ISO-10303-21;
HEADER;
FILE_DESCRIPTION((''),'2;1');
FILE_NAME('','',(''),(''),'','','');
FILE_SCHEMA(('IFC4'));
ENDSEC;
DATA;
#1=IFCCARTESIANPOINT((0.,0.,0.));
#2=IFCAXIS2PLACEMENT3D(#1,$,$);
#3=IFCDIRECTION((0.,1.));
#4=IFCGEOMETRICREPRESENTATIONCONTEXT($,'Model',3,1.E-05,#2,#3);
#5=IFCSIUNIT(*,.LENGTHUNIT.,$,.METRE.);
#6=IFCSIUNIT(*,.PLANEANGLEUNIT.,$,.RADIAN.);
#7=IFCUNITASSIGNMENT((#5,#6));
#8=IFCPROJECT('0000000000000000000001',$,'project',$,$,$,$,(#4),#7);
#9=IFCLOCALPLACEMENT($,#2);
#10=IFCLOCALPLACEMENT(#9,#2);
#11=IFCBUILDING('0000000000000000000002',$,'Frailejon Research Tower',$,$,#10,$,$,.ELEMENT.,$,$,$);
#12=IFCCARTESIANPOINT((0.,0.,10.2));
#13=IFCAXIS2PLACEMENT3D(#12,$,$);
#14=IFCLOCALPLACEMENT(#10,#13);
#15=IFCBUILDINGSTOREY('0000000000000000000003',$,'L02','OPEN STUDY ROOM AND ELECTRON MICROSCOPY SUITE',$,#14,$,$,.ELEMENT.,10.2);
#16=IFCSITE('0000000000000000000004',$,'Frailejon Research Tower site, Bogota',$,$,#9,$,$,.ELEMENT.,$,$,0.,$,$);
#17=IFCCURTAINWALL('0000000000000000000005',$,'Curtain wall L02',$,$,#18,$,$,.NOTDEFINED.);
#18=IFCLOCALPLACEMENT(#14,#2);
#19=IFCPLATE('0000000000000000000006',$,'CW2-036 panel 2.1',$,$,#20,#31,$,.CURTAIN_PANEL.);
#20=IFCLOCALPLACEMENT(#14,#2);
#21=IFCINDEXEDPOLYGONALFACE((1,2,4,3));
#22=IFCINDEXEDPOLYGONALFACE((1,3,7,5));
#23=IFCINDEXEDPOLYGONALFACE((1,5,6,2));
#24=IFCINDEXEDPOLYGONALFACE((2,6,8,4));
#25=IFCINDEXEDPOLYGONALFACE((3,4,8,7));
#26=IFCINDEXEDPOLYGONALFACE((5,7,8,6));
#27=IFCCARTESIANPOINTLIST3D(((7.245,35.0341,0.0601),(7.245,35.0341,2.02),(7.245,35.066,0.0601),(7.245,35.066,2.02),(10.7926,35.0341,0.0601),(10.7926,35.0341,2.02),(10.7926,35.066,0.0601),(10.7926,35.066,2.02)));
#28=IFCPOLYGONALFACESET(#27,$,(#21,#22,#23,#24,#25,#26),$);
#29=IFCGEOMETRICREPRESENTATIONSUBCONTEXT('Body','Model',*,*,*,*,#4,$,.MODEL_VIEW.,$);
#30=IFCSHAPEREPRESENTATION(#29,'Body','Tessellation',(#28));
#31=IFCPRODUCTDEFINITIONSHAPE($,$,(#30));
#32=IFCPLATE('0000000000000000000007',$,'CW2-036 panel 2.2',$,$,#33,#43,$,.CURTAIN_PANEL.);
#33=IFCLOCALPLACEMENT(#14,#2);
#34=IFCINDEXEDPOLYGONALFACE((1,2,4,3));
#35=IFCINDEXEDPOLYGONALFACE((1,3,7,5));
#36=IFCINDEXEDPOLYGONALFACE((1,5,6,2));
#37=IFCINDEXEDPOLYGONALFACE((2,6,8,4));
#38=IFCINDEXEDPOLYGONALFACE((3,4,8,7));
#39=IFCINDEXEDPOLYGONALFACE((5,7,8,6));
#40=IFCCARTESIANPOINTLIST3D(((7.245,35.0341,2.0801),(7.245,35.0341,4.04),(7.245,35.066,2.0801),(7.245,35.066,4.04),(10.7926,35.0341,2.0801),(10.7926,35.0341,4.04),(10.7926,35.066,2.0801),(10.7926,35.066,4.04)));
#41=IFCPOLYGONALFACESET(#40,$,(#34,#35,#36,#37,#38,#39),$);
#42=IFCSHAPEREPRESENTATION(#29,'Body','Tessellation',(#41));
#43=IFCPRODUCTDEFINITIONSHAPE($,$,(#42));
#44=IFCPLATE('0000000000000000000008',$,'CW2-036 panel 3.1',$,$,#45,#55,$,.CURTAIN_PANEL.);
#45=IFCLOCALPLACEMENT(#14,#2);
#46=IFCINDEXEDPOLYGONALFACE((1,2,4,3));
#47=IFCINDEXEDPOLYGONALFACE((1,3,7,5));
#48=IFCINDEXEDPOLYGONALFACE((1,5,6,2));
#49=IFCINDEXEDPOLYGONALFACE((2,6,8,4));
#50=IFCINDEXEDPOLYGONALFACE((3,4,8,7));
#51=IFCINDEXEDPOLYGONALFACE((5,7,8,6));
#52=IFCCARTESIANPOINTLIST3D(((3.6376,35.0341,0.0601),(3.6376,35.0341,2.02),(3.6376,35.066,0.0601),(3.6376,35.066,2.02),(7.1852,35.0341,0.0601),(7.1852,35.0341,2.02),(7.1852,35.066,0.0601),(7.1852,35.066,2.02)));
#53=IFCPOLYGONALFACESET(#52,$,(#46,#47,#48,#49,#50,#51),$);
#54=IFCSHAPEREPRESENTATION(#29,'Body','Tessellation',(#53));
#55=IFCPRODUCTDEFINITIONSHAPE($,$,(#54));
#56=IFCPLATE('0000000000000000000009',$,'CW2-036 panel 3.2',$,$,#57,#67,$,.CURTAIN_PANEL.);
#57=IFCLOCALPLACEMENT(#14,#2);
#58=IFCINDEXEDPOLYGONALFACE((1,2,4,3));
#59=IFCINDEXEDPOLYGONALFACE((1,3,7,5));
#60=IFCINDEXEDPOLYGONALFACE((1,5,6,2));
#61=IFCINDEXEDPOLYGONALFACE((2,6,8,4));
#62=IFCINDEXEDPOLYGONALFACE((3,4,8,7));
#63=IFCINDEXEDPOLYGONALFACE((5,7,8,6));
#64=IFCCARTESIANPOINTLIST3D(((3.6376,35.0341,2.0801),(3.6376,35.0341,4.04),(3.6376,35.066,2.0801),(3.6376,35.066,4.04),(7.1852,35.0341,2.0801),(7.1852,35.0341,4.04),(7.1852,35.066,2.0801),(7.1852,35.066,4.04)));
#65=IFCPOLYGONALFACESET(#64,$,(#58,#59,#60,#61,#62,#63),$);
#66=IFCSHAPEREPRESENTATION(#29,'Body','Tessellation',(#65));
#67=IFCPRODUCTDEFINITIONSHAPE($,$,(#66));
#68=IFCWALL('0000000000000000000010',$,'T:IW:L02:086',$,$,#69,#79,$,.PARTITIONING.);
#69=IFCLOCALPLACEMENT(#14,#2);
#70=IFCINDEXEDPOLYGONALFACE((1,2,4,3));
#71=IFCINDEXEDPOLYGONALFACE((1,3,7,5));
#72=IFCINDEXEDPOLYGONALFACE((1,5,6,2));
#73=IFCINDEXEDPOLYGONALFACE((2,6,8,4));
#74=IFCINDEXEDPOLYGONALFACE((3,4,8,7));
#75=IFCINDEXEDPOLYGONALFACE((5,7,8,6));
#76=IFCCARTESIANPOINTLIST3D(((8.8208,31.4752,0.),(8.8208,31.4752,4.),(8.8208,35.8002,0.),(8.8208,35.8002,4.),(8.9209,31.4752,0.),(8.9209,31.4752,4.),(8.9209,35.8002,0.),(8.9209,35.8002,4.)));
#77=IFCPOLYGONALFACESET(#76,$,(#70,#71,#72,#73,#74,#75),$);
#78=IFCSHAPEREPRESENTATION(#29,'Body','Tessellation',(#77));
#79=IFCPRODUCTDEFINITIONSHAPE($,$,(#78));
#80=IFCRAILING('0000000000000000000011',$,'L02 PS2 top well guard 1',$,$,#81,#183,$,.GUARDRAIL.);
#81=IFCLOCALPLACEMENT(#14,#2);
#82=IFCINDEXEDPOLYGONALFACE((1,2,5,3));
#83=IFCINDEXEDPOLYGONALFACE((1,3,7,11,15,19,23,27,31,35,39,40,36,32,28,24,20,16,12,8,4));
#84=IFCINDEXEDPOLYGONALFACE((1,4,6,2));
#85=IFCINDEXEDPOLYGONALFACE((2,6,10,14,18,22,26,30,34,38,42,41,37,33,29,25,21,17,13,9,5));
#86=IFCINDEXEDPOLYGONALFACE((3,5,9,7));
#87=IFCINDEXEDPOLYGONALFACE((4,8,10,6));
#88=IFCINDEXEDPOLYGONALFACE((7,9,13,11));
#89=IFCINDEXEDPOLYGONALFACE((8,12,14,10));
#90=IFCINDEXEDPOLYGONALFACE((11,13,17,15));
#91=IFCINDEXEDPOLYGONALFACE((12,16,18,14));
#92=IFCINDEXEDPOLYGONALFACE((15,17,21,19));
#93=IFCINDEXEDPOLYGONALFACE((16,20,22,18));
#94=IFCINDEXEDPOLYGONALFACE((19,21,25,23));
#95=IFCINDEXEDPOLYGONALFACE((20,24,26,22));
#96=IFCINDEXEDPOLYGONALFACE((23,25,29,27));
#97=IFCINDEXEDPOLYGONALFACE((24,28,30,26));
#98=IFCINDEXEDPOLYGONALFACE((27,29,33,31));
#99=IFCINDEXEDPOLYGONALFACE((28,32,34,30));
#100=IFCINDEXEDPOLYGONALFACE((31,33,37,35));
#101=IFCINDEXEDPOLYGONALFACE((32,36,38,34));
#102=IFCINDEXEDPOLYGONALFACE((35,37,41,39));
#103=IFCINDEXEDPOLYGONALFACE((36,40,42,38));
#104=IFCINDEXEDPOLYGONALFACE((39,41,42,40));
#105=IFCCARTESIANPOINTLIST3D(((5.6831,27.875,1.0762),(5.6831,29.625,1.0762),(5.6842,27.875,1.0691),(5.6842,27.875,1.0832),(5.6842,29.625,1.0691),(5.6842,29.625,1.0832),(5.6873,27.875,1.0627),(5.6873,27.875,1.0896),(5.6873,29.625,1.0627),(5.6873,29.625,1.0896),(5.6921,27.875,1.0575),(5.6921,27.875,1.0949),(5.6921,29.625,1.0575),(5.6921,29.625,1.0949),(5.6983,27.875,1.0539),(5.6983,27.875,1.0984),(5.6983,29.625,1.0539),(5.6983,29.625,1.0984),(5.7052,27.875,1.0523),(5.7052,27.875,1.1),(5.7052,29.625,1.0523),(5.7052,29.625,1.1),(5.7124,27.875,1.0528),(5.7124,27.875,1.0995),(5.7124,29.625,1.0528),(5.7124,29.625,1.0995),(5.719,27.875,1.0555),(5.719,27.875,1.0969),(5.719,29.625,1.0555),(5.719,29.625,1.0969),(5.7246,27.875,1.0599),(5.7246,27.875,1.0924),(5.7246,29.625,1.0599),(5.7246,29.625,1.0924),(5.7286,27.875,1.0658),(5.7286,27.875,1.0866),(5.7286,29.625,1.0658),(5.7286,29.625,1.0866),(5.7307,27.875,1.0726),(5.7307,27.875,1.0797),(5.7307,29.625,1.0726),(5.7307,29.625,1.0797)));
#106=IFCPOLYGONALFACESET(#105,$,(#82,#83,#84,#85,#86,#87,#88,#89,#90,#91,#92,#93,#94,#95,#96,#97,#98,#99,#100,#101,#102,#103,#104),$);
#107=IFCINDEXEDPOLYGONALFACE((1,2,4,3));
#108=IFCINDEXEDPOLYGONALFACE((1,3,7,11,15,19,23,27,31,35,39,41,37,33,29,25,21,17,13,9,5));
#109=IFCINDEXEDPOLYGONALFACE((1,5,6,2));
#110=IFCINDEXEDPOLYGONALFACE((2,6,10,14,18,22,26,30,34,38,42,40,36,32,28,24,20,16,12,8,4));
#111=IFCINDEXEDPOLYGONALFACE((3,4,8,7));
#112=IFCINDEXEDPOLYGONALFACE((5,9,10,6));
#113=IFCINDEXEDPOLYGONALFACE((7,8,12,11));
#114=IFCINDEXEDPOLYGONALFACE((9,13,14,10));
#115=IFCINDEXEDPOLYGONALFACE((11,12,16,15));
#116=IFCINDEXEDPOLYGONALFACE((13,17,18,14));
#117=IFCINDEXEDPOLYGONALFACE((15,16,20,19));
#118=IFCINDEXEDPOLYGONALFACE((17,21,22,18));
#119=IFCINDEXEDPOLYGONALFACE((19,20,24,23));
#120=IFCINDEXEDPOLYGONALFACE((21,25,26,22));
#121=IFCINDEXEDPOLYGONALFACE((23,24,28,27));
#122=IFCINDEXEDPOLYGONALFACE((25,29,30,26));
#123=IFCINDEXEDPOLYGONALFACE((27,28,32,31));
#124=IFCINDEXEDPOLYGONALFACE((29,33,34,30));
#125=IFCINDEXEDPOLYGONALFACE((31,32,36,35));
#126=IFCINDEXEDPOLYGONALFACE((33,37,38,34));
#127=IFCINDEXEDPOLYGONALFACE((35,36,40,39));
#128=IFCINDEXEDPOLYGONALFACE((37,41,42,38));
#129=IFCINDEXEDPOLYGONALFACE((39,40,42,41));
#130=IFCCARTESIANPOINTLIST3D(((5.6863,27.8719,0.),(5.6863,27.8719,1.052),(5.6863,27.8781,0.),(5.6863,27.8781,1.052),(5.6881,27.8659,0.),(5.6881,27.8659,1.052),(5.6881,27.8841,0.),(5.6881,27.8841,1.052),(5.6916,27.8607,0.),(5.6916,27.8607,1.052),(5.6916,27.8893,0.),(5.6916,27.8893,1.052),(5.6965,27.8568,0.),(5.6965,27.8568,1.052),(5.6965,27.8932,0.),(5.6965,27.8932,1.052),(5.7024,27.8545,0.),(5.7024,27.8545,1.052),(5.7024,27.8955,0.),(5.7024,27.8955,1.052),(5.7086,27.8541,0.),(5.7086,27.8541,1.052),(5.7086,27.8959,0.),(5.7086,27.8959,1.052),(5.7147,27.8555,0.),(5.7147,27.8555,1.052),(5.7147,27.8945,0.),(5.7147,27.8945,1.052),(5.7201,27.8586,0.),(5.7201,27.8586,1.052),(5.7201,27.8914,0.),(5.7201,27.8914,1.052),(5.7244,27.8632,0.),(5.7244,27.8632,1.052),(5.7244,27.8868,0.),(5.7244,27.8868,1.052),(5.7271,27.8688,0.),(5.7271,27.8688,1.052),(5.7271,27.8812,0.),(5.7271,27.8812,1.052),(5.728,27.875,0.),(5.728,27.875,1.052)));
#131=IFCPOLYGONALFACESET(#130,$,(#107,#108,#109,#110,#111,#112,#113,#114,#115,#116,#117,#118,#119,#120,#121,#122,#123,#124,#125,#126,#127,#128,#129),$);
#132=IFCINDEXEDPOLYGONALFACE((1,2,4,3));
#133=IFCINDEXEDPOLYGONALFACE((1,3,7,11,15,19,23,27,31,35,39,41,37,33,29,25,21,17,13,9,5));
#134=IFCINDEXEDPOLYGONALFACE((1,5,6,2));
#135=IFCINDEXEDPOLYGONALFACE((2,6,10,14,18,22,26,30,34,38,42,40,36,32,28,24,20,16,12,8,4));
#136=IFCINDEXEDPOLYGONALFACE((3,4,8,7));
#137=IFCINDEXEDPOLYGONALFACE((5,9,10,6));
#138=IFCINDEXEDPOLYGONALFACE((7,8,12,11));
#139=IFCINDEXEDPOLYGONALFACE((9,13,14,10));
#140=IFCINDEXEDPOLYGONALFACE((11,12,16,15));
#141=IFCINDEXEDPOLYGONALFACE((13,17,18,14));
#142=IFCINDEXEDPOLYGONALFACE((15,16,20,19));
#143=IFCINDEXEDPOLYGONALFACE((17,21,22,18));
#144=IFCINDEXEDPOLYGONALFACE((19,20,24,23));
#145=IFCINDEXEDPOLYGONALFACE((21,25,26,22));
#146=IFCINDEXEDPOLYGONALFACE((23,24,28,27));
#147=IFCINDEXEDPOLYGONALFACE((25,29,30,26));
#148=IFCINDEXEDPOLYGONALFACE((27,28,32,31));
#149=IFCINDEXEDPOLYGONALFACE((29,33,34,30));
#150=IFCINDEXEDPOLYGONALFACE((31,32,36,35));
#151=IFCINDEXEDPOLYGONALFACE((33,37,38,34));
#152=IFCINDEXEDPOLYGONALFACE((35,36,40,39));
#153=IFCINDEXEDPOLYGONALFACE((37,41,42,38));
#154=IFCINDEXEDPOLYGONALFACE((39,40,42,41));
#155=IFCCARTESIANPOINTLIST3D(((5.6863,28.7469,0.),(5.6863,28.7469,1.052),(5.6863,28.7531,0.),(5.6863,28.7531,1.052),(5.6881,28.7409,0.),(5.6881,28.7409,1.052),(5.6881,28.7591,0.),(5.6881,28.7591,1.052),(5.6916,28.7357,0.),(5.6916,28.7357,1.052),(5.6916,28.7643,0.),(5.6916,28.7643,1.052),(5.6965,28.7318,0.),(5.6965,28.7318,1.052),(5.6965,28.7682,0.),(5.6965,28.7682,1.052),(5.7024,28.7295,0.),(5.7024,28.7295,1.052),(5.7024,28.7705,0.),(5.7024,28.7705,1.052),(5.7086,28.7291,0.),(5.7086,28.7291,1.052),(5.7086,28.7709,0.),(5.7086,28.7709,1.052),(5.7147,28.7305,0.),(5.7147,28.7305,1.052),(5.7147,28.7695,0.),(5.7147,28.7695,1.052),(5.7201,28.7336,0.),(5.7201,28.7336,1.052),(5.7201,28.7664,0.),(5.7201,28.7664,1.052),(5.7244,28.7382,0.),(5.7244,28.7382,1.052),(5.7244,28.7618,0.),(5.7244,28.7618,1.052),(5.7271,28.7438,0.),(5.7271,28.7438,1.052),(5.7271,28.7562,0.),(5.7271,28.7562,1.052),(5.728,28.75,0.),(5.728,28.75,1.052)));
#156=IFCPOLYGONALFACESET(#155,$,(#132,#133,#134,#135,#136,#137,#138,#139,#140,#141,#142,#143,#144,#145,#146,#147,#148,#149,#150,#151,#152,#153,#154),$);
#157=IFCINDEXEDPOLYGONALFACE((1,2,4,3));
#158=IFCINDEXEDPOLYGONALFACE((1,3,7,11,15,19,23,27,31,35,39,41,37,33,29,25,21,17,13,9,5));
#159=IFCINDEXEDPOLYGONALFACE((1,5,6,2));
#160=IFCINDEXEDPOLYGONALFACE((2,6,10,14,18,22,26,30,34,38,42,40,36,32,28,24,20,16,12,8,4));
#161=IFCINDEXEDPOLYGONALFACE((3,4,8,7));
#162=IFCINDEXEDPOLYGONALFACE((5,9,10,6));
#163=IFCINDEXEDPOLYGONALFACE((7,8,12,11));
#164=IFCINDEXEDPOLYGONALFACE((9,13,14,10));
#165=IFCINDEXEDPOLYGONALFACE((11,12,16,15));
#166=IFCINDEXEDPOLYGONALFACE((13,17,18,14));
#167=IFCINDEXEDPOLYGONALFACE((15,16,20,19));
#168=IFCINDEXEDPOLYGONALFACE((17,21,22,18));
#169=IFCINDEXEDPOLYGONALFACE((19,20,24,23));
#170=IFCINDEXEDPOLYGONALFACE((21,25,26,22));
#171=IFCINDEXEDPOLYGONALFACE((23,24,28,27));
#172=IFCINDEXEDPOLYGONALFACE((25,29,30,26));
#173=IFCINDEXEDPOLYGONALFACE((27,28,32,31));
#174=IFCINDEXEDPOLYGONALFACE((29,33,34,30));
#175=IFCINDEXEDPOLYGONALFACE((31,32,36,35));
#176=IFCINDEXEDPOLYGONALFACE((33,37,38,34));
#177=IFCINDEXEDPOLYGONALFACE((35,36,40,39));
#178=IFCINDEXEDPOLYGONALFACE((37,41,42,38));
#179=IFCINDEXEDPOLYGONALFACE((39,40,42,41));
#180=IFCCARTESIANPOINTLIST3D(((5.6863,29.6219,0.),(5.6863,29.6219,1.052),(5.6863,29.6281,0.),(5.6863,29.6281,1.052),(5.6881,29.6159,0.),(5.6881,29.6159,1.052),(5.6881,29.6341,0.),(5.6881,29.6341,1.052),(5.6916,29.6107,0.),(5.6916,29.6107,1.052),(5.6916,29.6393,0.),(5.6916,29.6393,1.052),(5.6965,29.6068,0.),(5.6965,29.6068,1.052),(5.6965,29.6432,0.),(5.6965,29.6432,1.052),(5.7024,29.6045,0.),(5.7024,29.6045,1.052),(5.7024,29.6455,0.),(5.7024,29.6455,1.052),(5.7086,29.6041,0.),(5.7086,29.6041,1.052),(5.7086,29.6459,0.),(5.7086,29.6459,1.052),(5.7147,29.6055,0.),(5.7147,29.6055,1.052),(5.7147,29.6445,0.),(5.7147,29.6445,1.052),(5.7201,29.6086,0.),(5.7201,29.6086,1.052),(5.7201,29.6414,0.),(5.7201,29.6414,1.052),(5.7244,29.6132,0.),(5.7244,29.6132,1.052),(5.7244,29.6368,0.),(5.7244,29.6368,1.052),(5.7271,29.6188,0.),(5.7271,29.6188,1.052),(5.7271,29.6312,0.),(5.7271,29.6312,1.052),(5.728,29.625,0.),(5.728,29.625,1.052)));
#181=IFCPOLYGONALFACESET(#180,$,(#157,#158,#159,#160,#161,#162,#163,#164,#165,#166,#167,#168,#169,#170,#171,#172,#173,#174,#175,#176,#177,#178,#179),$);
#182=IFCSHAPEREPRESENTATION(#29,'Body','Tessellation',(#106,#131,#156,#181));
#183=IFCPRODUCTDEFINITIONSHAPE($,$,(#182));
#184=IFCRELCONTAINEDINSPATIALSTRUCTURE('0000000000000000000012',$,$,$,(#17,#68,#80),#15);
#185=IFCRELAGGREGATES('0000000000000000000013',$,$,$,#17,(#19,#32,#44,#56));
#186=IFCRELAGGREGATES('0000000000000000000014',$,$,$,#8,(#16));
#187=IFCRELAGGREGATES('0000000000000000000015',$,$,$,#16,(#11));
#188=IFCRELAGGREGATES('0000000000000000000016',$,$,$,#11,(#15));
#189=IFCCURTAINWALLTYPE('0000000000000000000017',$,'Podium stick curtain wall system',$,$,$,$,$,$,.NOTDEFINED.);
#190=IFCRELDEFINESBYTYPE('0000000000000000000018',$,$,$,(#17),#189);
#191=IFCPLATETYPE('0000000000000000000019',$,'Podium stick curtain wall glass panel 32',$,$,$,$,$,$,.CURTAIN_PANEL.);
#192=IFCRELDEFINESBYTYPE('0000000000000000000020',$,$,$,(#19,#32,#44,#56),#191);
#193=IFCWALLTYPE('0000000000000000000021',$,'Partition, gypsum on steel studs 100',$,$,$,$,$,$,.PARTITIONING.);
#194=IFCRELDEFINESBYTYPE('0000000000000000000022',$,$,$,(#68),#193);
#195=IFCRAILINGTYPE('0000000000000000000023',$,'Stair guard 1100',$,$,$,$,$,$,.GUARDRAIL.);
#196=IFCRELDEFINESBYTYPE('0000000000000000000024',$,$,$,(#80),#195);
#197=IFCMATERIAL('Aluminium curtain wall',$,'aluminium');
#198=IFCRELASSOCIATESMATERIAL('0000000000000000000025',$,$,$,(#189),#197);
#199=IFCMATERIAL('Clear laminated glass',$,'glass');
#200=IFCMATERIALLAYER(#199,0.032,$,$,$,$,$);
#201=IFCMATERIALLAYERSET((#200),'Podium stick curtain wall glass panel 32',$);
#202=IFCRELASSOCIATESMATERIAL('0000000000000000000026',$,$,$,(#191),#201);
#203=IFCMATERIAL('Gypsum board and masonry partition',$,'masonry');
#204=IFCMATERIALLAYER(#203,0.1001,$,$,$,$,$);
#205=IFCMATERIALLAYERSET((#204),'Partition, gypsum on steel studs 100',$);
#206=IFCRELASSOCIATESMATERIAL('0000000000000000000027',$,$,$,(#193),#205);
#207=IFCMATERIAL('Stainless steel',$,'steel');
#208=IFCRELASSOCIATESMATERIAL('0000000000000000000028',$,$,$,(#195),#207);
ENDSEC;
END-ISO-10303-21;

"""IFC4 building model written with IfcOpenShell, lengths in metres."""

from ifc_helpers import new_model, si_unit, direction, frame, frame_2d, origin, origin_2d, place, context, subcontext, project, spatial, rectangle, circle, extrude, material, layer, layer_set, type_object, element, aggregate, save


model = new_model("IFC4")

# Units and contexts
model_context = context("Model", 3, precision=1e-05, world=origin(), true_north=direction((0.0, 1.0)))
body_context = subcontext(model_context, "Body", "Model", "MODEL_VIEW")
ifc_project = project(units=[si_unit("LENGTHUNIT", "METRE"), si_unit("PLANEANGLEUNIT", "RADIAN")], contexts=[model_context])

# Site, building, storey
site_placement = place(None, origin())
site = spatial("IfcSite", under=ifc_project, at=site_placement, Name="Frailejon Research Tower site, Bogota", CompositionType="ELEMENT", RefElevation=0.0)
building_placement = place(site_placement, origin())
building = spatial("IfcBuilding", under=site, at=building_placement, Name="Frailejon Research Tower", CompositionType="ELEMENT")
storey_placement = place(building_placement, frame((0.0, 0.0, 10.2)))
storey = spatial("IfcBuildingStorey", under=building, at=storey_placement, Name="L02", Description="OPEN STUDY ROOM AND ELECTRON MICROSCOPY SUITE", CompositionType="ELEMENT", Elevation=10.2)

# Curtain wall, plates
ifc_material_1 = material(Name="Aluminium curtain wall", Category="aluminium")
curtain_wall_type = type_object("IfcCurtainWallType", Name="Podium stick curtain wall system", PredefinedType="NOTDEFINED", material=ifc_material_1)
curtain_wall_placement = place(storey_placement, origin())
curtain_wall = element("IfcCurtainWall", 1, at=curtain_wall_placement, inside=storey, type_object=curtain_wall_type, Name="Curtain wall L02", PredefinedType="NOTDEFINED")
ifc_material_2 = material(Name="Clear laminated glass", Category="glass")
ifc_layer_1 = layer(ifc_material_2, 0.032)
ifc_layer_set_1 = layer_set([ifc_layer_1], Name="Podium stick curtain wall glass panel 32")
plate_type = type_object("IfcPlateType", Name="Podium stick curtain wall glass panel 32", PredefinedType="CURTAIN_PANEL", material=ifc_layer_set_1)
plate_1_placement = place(storey_placement, frame((9.0188, 35.05, 0.0601), z_axis=(0.0, 0.0, 1.0), x_axis=(-1.0, 0.0, 0.0)))
plate_1 = element("IfcPlate", 2, at=plate_1_placement, type_object=plate_type, Name="CW2-036 panel 2.1", PredefinedType="CURTAIN_PANEL", context=body_context, shape_type="SweptSolid", body=[
    extrude(rectangle(XDim=3.5476, YDim=0.032, at=origin_2d()), origin(), (0.0, 0.0, 1.0), 1.96),
])
plate_2_placement = place(storey_placement, frame((9.0188, 35.05, 2.0801), z_axis=(0.0, 0.0, 1.0), x_axis=(-1.0, 0.0, 0.0)))
plate_2 = element("IfcPlate", 3, at=plate_2_placement, type_object=plate_type, Name="CW2-036 panel 2.2", PredefinedType="CURTAIN_PANEL", context=body_context, shape_type="SweptSolid", body=[
    extrude(rectangle(XDim=3.5476, YDim=0.032, at=origin_2d()), origin(), (0.0, 0.0, 1.0), 1.96),
])
plate_3_placement = place(storey_placement, frame((5.4114, 35.05, 0.0601), z_axis=(0.0, 0.0, 1.0), x_axis=(-1.0, 0.0, 0.0)))
plate_3 = element("IfcPlate", 4, at=plate_3_placement, type_object=plate_type, Name="CW2-036 panel 3.1", PredefinedType="CURTAIN_PANEL", context=body_context, shape_type="SweptSolid", body=[
    extrude(rectangle(XDim=3.5476, YDim=0.032, at=origin_2d()), origin(), (0.0, 0.0, 1.0), 1.96),
])
plate_4_placement = place(storey_placement, frame((5.4114, 35.05, 2.0801), z_axis=(0.0, 0.0, 1.0), x_axis=(-1.0, 0.0, 0.0)))
plate_4 = element("IfcPlate", 5, at=plate_4_placement, type_object=plate_type, Name="CW2-036 panel 3.2", PredefinedType="CURTAIN_PANEL", context=body_context, shape_type="SweptSolid", body=[
    extrude(rectangle(XDim=3.5476, YDim=0.032, at=origin_2d()), origin(), (0.0, 0.0, 1.0), 1.96),
])
aggregate(curtain_wall, [plate_1, plate_2, plate_3, plate_4])

# Wall
ifc_material_3 = material(Name="Gypsum board and masonry partition", Category="masonry")
ifc_layer_2 = layer(ifc_material_3, 0.1001)
ifc_layer_set_2 = layer_set([ifc_layer_2], Name="Partition, gypsum on steel studs 100")
wall_type = type_object("IfcWallType", Name="Partition, gypsum on steel studs 100", PredefinedType="PARTITIONING", material=ifc_layer_set_2)
wall_placement = place(storey_placement, frame((8.8708, 31.4751, 0.0), z_axis=(0.0, 0.0, 1.0), x_axis=(0.0, 1.0, 0.0)))
element("IfcWall", 6, at=wall_placement, inside=storey, type_object=wall_type, Name="T:IW:L02:086", PredefinedType="PARTITIONING", context=body_context, shape_type="SweptSolid", body=[
    extrude(rectangle(XDim=4.325, YDim=0.1001, at=frame_2d((2.1626, 0.0))), origin(), (0.0, 0.0, 1.0), 4.0),
])

# Railing
ifc_material_4 = material(Name="Stainless steel", Category="steel")
railing_type = type_object("IfcRailingType", Name="Stair guard 1100", PredefinedType="GUARDRAIL", material=ifc_material_4)
railing_placement = place(storey_placement, frame((5.707, 27.875, 0.0)))
element("IfcRailing", 7, at=railing_placement, inside=storey, type_object=railing_type, Name="L02 PS2 top well guard 1", PredefinedType="GUARDRAIL", context=body_context, shape_type="SweptSolid", body=[
    extrude(circle(Radius=0.0239, at=origin_2d()), frame((0.0, 0.0, 1.0762), z_axis=(0.0, 1.0, 0.0), x_axis=(-1.0, 0.0, 0.0)), (0.0, 0.0, 1.0), 1.75),
    extrude(circle(Radius=0.021, at=origin_2d()), origin(), (0.0, 0.0, 1.0), 1.052),
    extrude(circle(Radius=0.021, at=origin_2d()), frame((0.0, 0.875, 0.0)), (0.0, 0.0, 1.0), 1.052),
    extrude(circle(Radius=0.021, at=origin_2d()), frame((0.0, 1.75, 0.0)), (0.0, 0.0, 1.0), 1.052),
])

save(model, "model.ifc")
